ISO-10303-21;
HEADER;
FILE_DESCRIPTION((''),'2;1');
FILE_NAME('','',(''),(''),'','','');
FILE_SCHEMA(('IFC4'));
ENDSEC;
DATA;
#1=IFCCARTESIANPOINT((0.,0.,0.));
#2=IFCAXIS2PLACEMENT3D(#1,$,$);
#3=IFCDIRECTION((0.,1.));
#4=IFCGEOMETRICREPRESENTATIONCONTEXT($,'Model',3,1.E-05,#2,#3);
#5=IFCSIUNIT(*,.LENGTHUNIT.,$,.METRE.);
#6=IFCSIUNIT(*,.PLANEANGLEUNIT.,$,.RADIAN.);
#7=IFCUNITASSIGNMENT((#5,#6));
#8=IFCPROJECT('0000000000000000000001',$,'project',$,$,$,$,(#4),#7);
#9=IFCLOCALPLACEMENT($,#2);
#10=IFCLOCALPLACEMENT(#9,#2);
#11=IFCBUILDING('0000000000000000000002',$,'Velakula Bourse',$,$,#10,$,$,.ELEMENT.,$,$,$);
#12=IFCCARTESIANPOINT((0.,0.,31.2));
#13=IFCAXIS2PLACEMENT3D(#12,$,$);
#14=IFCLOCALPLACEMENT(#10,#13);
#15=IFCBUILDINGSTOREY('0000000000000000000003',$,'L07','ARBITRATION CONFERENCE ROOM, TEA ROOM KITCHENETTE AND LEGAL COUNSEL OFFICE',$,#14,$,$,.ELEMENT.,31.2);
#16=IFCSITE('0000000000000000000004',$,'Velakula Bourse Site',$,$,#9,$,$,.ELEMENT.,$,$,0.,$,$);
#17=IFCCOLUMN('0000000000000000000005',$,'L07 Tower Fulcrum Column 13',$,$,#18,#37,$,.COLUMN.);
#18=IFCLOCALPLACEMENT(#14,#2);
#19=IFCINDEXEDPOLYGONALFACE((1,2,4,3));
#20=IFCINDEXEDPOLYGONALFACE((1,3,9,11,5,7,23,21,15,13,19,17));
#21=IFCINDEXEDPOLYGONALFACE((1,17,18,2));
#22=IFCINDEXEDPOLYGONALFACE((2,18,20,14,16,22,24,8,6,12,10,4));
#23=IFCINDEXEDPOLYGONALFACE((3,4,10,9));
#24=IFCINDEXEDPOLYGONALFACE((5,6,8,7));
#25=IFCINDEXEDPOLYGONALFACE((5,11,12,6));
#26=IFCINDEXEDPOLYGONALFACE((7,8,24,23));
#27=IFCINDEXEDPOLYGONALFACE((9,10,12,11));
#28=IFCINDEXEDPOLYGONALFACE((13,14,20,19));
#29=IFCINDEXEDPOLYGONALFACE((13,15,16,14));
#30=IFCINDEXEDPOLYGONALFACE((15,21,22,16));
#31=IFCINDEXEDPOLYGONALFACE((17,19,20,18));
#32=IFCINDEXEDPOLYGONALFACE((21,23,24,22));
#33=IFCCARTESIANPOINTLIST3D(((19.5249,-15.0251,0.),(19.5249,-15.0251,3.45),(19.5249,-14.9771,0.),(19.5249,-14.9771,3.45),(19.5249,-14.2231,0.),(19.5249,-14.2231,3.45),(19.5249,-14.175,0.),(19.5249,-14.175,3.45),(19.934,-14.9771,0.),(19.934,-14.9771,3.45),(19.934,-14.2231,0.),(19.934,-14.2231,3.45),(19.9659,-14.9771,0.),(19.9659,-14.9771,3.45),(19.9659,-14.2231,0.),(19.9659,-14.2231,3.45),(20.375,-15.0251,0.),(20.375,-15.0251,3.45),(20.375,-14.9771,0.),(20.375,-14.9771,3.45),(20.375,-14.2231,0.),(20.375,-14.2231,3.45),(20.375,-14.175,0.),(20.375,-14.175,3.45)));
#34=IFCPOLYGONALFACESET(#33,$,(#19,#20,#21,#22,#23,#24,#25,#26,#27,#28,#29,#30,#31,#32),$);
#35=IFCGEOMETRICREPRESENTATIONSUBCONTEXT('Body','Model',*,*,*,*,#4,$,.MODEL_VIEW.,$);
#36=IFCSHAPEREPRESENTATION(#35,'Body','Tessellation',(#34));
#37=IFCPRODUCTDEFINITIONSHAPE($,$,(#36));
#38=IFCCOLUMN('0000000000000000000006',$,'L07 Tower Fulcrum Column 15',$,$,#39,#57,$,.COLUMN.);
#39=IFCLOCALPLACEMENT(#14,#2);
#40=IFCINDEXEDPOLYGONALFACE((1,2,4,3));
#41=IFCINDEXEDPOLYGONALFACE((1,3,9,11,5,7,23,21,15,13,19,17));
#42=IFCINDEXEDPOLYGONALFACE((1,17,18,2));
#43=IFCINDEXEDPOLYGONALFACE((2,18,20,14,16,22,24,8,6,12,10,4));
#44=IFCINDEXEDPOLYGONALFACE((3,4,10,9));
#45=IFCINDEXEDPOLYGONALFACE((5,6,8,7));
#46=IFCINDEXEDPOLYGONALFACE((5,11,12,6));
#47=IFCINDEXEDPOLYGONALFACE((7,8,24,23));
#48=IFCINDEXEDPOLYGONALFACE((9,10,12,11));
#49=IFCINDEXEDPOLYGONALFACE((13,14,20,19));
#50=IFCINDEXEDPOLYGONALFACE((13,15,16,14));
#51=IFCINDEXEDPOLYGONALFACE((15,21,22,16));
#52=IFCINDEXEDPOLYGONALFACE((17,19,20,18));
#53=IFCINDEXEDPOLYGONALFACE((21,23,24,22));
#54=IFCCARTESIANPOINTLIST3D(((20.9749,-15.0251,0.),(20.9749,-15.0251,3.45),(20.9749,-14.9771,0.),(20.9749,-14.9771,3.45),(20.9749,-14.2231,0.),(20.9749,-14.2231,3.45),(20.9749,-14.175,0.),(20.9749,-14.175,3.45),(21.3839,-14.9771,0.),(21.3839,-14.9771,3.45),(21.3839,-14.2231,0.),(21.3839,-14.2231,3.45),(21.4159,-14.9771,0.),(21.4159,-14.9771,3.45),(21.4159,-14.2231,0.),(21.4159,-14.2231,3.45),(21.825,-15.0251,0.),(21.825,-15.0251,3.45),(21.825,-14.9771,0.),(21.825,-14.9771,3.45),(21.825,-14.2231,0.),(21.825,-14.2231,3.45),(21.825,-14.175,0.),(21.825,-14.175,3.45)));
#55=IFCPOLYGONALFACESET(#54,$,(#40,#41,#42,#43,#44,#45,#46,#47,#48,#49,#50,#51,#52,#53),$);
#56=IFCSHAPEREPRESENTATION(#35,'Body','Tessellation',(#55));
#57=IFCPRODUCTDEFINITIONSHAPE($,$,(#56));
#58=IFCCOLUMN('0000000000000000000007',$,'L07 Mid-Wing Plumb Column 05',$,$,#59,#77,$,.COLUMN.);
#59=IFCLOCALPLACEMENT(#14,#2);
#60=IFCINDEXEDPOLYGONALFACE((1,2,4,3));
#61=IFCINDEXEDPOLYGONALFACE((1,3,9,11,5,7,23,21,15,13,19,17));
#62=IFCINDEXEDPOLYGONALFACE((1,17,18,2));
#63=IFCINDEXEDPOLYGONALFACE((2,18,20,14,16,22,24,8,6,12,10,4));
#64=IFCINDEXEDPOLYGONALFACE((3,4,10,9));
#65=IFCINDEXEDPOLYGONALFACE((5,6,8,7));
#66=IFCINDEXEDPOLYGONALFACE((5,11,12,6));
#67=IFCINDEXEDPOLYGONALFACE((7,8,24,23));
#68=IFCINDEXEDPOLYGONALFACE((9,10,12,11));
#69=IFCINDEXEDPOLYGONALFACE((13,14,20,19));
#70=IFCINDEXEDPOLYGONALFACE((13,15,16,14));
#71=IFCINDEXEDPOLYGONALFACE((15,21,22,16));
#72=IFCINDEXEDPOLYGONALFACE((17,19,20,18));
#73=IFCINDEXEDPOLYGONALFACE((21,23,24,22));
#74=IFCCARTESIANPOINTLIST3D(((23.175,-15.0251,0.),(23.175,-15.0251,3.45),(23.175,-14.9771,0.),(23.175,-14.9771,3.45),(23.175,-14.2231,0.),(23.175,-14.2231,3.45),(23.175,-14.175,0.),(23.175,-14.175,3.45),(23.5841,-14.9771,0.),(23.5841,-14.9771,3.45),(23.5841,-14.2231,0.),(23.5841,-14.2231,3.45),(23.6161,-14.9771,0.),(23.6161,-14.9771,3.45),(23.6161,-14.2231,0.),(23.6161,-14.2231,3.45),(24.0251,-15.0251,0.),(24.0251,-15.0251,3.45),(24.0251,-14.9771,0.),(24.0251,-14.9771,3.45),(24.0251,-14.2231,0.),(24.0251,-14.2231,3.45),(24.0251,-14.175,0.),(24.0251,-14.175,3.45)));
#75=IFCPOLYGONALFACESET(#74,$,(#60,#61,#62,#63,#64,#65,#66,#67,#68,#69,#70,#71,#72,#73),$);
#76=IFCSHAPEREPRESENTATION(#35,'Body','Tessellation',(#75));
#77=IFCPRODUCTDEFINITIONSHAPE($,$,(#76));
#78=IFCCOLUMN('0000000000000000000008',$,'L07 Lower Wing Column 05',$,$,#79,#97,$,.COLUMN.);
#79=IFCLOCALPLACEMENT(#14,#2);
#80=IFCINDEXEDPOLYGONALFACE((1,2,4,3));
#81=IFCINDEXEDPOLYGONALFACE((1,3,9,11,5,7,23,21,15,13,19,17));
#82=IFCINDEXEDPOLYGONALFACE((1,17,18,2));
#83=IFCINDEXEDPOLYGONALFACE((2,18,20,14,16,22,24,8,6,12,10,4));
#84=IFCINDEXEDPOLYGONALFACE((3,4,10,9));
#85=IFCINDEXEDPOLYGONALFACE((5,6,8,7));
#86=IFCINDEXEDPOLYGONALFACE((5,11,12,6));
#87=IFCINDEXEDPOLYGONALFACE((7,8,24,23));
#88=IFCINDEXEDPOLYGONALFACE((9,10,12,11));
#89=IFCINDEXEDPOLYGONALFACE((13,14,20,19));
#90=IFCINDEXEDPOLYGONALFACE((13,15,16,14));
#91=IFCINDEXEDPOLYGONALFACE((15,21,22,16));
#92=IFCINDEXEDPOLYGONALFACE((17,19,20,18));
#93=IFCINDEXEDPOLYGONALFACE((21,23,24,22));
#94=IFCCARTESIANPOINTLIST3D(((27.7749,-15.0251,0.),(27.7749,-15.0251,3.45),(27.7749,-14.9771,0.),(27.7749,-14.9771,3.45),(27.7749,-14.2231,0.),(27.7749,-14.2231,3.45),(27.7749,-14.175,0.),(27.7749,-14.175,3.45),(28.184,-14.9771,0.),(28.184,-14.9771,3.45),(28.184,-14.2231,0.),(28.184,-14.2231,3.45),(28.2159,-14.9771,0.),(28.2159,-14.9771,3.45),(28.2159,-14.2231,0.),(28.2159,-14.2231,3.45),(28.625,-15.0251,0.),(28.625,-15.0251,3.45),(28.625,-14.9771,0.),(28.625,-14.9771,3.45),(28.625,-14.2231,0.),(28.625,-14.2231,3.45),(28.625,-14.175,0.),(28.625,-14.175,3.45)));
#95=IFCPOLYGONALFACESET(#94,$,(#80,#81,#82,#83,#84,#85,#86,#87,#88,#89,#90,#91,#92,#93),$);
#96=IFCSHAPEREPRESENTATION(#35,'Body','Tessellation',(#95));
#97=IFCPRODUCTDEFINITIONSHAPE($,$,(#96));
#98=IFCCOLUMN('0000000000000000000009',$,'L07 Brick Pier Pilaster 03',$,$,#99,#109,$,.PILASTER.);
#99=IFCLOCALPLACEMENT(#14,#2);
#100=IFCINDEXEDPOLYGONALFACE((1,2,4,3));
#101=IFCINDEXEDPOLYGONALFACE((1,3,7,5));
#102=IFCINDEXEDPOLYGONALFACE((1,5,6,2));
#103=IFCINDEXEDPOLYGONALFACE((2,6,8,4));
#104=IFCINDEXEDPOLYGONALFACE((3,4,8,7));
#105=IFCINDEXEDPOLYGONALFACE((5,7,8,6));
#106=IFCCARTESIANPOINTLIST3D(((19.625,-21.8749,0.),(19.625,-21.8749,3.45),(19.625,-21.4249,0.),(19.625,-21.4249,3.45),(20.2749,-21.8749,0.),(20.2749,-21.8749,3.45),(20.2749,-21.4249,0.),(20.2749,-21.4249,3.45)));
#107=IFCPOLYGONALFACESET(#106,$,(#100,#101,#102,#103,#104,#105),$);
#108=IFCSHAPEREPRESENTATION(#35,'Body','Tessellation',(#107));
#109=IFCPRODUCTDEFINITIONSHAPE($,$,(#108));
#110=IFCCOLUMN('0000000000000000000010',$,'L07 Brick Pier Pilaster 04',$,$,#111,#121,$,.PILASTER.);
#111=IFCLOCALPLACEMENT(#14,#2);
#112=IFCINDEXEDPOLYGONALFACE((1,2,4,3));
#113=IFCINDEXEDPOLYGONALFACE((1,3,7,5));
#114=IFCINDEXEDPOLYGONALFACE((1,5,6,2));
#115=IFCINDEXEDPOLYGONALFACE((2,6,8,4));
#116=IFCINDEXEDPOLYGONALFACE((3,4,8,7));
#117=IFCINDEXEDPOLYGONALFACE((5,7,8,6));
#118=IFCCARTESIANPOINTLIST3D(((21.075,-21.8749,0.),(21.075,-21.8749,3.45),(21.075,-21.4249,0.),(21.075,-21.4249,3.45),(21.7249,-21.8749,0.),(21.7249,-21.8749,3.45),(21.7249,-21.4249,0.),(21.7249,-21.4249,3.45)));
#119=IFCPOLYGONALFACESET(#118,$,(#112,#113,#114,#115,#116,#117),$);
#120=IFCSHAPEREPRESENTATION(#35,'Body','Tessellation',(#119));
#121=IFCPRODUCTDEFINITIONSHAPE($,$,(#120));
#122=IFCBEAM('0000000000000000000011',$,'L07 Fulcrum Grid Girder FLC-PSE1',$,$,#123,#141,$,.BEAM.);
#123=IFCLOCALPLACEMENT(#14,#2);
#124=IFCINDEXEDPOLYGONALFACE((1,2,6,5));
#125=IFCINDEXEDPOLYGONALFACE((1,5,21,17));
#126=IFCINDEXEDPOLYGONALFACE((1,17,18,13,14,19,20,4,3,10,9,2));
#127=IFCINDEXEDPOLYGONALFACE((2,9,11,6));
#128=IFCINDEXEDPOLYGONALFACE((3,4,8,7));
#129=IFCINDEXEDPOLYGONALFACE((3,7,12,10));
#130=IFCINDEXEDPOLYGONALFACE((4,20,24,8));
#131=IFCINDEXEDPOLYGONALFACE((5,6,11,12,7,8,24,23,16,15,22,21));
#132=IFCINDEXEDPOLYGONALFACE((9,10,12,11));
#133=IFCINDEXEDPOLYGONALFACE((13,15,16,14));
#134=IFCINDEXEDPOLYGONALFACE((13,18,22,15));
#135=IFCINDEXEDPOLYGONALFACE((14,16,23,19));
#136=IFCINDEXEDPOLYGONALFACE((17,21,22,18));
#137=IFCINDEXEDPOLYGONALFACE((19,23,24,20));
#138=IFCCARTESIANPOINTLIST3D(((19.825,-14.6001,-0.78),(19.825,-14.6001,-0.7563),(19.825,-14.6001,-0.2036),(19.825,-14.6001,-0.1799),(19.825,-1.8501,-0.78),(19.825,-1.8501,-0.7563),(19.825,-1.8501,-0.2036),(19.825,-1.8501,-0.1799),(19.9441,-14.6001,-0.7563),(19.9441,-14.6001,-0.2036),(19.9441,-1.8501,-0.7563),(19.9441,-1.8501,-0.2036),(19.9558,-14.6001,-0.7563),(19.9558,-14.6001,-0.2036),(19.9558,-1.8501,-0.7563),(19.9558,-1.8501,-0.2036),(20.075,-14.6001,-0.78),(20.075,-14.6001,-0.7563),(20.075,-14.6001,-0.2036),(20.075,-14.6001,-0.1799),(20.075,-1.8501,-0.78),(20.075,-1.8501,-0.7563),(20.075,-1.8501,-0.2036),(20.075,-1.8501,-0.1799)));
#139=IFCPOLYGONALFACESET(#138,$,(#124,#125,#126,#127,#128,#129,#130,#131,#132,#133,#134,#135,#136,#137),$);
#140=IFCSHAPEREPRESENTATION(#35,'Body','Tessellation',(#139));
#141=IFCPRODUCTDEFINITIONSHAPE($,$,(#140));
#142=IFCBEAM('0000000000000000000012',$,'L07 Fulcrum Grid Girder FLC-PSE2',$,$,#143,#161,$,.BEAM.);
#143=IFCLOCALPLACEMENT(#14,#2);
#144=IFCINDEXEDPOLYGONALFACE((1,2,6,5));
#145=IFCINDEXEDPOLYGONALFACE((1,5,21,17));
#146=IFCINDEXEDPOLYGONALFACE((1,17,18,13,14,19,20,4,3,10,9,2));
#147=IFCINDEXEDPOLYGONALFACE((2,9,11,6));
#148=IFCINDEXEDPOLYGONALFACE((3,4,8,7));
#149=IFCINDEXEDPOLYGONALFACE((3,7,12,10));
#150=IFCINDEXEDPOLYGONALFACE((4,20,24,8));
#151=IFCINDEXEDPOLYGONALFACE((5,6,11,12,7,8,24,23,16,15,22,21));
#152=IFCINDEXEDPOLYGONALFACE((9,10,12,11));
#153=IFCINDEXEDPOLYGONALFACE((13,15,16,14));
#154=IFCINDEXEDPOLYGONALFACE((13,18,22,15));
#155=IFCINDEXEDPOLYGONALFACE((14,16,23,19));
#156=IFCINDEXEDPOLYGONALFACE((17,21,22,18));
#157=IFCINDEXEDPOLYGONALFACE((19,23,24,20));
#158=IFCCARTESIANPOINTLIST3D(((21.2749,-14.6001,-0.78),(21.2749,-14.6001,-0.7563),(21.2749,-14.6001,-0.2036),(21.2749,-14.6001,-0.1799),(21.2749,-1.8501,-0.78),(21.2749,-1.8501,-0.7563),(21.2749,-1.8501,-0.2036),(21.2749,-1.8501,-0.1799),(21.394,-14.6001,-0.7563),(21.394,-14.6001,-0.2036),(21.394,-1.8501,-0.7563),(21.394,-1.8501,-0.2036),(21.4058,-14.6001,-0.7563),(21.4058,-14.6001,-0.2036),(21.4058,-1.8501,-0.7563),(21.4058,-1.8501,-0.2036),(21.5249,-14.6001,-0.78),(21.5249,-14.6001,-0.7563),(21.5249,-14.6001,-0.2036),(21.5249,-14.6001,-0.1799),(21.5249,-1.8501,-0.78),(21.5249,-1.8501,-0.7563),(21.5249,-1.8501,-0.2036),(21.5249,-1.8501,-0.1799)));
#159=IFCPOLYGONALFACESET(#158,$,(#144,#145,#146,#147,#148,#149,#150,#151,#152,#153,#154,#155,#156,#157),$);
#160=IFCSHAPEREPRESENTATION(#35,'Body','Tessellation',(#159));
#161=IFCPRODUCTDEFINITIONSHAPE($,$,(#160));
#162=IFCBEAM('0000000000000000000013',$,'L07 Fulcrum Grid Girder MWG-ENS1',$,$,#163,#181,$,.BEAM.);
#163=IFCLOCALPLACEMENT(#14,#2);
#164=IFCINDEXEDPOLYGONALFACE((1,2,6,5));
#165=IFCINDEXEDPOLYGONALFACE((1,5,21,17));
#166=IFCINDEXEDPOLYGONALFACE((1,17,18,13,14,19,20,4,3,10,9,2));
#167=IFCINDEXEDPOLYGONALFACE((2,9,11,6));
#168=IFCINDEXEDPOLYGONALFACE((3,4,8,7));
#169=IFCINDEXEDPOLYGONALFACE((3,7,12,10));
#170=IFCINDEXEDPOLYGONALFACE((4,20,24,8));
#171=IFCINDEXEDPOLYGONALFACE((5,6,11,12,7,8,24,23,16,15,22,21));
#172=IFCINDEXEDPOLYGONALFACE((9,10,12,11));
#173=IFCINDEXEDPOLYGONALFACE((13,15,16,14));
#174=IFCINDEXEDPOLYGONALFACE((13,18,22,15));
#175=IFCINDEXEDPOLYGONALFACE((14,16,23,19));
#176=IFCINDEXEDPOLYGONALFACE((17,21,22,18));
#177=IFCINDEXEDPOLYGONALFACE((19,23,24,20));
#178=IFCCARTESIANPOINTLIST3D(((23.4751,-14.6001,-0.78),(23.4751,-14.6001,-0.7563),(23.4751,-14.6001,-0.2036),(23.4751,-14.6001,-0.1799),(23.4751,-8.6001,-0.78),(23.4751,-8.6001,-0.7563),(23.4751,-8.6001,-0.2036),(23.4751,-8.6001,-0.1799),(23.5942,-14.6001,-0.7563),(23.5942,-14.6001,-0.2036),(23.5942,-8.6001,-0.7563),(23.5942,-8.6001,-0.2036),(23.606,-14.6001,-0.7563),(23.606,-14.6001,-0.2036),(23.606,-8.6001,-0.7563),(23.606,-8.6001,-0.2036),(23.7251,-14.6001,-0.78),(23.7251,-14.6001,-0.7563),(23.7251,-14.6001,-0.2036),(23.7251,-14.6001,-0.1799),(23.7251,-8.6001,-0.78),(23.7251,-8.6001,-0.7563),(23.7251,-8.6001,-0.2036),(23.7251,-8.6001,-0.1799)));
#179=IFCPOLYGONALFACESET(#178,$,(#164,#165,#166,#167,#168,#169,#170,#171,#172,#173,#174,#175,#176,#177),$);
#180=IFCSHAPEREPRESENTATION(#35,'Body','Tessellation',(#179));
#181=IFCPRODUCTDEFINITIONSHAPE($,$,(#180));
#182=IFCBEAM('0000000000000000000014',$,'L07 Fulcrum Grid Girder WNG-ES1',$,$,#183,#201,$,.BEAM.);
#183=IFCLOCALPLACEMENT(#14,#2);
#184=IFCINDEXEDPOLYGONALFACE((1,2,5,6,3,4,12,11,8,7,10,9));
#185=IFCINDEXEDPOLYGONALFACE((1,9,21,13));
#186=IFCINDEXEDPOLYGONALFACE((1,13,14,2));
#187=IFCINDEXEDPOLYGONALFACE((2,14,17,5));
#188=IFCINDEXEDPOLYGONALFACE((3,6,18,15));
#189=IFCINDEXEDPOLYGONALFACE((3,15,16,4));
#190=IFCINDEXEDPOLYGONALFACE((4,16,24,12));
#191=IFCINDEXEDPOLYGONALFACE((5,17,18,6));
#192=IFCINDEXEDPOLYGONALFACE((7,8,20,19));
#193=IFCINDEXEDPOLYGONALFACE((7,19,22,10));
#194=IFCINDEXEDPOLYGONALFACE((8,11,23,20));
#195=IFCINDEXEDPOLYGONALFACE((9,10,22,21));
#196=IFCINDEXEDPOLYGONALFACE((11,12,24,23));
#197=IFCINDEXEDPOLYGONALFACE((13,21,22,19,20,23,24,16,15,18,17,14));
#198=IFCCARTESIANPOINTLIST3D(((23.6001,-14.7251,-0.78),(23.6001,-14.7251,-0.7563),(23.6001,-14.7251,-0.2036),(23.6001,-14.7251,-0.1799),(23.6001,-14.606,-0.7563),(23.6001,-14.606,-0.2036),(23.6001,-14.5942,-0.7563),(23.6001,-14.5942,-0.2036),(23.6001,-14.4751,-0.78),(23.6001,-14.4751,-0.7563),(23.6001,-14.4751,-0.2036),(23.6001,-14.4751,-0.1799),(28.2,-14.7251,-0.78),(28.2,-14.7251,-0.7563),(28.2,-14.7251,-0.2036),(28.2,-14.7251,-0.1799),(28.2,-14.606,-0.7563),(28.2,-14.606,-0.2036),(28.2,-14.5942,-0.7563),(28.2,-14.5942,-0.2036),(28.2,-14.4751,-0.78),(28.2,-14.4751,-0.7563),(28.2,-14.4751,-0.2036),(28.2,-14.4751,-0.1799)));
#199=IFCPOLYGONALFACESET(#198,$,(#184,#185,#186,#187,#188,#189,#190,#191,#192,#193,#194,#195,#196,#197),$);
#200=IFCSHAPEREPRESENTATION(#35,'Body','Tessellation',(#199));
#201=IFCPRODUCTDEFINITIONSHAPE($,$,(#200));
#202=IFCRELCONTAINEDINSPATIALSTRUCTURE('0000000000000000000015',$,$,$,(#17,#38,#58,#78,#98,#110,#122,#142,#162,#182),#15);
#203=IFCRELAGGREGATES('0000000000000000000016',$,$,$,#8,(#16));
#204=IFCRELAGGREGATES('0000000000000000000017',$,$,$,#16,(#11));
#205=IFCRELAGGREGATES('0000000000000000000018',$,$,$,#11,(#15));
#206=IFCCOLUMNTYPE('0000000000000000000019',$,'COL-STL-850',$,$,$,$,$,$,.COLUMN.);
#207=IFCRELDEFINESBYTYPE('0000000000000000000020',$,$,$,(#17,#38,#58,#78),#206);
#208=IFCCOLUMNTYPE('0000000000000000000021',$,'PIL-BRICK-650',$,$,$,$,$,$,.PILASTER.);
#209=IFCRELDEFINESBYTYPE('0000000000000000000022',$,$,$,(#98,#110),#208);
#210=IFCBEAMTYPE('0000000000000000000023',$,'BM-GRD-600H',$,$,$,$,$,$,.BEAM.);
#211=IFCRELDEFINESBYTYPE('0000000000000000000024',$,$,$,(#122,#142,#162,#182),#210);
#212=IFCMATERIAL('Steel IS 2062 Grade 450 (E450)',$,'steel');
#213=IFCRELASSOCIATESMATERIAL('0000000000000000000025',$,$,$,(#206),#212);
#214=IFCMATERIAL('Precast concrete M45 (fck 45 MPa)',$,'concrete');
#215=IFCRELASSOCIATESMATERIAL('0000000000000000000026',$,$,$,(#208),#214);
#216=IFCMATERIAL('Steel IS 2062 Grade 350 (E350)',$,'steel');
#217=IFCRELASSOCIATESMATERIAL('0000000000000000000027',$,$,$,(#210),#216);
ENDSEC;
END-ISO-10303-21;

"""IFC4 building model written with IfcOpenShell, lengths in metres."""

from ifc_helpers import new_model, si_unit, direction, frame, origin, origin_2d, place, context, subcontext, project, spatial, rectangle, i_section, extrude, material, material_profile, profile_set, type_object, element, save


model = new_model("IFC4")

# Units and contexts
model_context = context("Model", 3, precision=1e-05, world=origin(), true_north=direction((0.0, 1.0)))
body_context = subcontext(model_context, "Body", "Model", "MODEL_VIEW")
ifc_project = project(units=[si_unit("LENGTHUNIT", "METRE"), si_unit("PLANEANGLEUNIT", "RADIAN")], contexts=[model_context])

# Site, building, storey
site_placement = place(None, origin())
site = spatial("IfcSite", under=ifc_project, at=site_placement, Name="Velakula Bourse Site", CompositionType="ELEMENT", RefElevation=0.0)
building_placement = place(site_placement, origin())
building = spatial("IfcBuilding", under=site, at=building_placement, Name="Velakula Bourse", CompositionType="ELEMENT")
storey_placement = place(building_placement, frame((0.0, 0.0, 31.2)))
storey = spatial("IfcBuildingStorey", under=building, at=storey_placement, Name="L07", Description="ARBITRATION CONFERENCE ROOM, TEA ROOM KITCHENETTE AND LEGAL COUNSEL OFFICE", CompositionType="ELEMENT", Elevation=31.2)

# Columns
ifc_material_1 = material(Name="Steel IS 2062 Grade 450 (E450)", Category="steel")
ifc_material_profile_1 = material_profile(ifc_material_1, i_section(OverallWidth=0.8501, OverallDepth=0.8501, WebThickness=0.032, FlangeThickness=0.0481, at=origin_2d()), Name="Steel IS 2062 Grade 450 (E450)")
ifc_profile_set_1 = profile_set([ifc_material_profile_1], Name="Steel IS 2062 Grade 450 (E450)")
column_type_1 = type_object("IfcColumnType", Name="COL-STL-850", PredefinedType="COLUMN", material=ifc_profile_set_1)
for number, where, z_axis, x_axis, name in (
    (1, (19.95, -14.6001, 0.0), (0.0, 0.0, 1.0), (1.0, 0.0, 0.0), "L07 Tower Fulcrum Column 13"),
    (2, (21.3999, -14.6001, 0.0), (0.0, 0.0, 1.0), (1.0, 0.0, 0.0), "L07 Tower Fulcrum Column 15"),
    (3, (23.6001, -14.6001, 0.0), (0.0, 0.0, 1.0), (1.0, 0.0, 0.0), "L07 Mid-Wing Plumb Column 05"),
    (4, (28.2, -14.6001, 0.0), (0.0, 0.0, 1.0), (1.0, 0.0, 0.0), "L07 Lower Wing Column 05"),
):
    element("IfcColumn", number, at=place(storey_placement, frame(where, z_axis=z_axis, x_axis=x_axis)), inside=storey, type_object=column_type_1, Name=name, PredefinedType="COLUMN", context=body_context, shape_type="SweptSolid", body=[
        extrude(i_section(OverallWidth=0.8501, OverallDepth=0.8501, WebThickness=0.032, FlangeThickness=0.0481, at=origin_2d()), origin(), (0.0, 0.0, 1.0), 3.45),
    ])
ifc_material_2 = material(Name="Precast concrete M45 (fck 45 MPa)", Category="concrete")
ifc_material_profile_2 = material_profile(ifc_material_2, rectangle(XDim=0.6499, YDim=0.45, at=origin_2d()), Name="Precast concrete M45 (fck 45 MPa)")
ifc_profile_set_2 = profile_set([ifc_material_profile_2], Name="Precast concrete M45 (fck 45 MPa)")
column_type_2 = type_object("IfcColumnType", Name="PIL-BRICK-650", PredefinedType="PILASTER", material=ifc_profile_set_2)
for number, where, z_axis, x_axis, name in (
    (5, (19.95, -21.6499, 0.0), (0.0, 0.0, 1.0), (1.0, 0.0, 0.0), "L07 Brick Pier Pilaster 03"),
    (6, (21.3999, -21.6499, 0.0), (0.0, 0.0, 1.0), (1.0, 0.0, 0.0), "L07 Brick Pier Pilaster 04"),
):
    element("IfcColumn", number, at=place(storey_placement, frame(where, z_axis=z_axis, x_axis=x_axis)), inside=storey, type_object=column_type_2, Name=name, PredefinedType="PILASTER", context=body_context, shape_type="SweptSolid", body=[
        extrude(rectangle(XDim=0.6499, YDim=0.45, at=origin_2d()), origin(), (0.0, 0.0, 1.0), 3.45),
    ])

# Beams
ifc_material_3 = material(Name="Steel IS 2062 Grade 350 (E350)", Category="steel")
ifc_material_profile_3 = material_profile(ifc_material_3, i_section(OverallWidth=0.25, OverallDepth=0.6001, WebThickness=0.0117, FlangeThickness=0.0237, at=origin_2d()), Name="Steel IS 2062 Grade 350 (E350)")
ifc_profile_set_3 = profile_set([ifc_material_profile_3], Name="Steel IS 2062 Grade 350 (E350)")
beam_type_1 = type_object("IfcBeamType", Name="BM-GRD-600H", PredefinedType="BEAM", material=ifc_profile_set_3)
for number, where, z_axis, x_axis, name in (
    (7, (19.95, -14.6001, -0.48), (0.0, 1.0, 0.0), (-1.0, 0.0, 0.0), "L07 Fulcrum Grid Girder FLC-PSE1"),
    (8, (21.3999, -14.6001, -0.48), (0.0, 1.0, 0.0), (-1.0, 0.0, 0.0), "L07 Fulcrum Grid Girder FLC-PSE2"),
):
    element("IfcBeam", number, at=place(storey_placement, frame(where, z_axis=z_axis, x_axis=x_axis)), inside=storey, type_object=beam_type_1, Name=name, PredefinedType="BEAM", context=body_context, shape_type="SweptSolid", body=[
        extrude(i_section(OverallWidth=0.25, OverallDepth=0.6001, WebThickness=0.0117, FlangeThickness=0.0237, at=origin_2d()), origin(), (0.0, 0.0, 1.0), 12.75),
    ])
beam_1_placement = place(storey_placement, frame((23.6001, -14.6001, -0.48), z_axis=(0.0, 1.0, 0.0), x_axis=(-1.0, 0.0, 0.0)))
element("IfcBeam", 9, at=beam_1_placement, inside=storey, type_object=beam_type_1, Name="L07 Fulcrum Grid Girder MWG-ENS1", PredefinedType="BEAM", context=body_context, shape_type="SweptSolid", body=[
    extrude(i_section(OverallWidth=0.25, OverallDepth=0.6001, WebThickness=0.0117, FlangeThickness=0.0237, at=origin_2d()), origin(), (0.0, 0.0, 1.0), 6.0),
])
beam_2_placement = place(storey_placement, frame((23.6001, -14.6001, -0.48), z_axis=(1.0, 0.0, 0.0), x_axis=(0.0, 1.0, 0.0)))
element("IfcBeam", 10, at=beam_2_placement, inside=storey, type_object=beam_type_1, Name="L07 Fulcrum Grid Girder WNG-ES1", PredefinedType="BEAM", context=body_context, shape_type="SweptSolid", body=[
    extrude(i_section(OverallWidth=0.25, OverallDepth=0.6001, WebThickness=0.0117, FlangeThickness=0.0237, at=origin_2d()), origin(), (0.0, 0.0, 1.0), 4.5999),
])

save(model, "model.ifc")
